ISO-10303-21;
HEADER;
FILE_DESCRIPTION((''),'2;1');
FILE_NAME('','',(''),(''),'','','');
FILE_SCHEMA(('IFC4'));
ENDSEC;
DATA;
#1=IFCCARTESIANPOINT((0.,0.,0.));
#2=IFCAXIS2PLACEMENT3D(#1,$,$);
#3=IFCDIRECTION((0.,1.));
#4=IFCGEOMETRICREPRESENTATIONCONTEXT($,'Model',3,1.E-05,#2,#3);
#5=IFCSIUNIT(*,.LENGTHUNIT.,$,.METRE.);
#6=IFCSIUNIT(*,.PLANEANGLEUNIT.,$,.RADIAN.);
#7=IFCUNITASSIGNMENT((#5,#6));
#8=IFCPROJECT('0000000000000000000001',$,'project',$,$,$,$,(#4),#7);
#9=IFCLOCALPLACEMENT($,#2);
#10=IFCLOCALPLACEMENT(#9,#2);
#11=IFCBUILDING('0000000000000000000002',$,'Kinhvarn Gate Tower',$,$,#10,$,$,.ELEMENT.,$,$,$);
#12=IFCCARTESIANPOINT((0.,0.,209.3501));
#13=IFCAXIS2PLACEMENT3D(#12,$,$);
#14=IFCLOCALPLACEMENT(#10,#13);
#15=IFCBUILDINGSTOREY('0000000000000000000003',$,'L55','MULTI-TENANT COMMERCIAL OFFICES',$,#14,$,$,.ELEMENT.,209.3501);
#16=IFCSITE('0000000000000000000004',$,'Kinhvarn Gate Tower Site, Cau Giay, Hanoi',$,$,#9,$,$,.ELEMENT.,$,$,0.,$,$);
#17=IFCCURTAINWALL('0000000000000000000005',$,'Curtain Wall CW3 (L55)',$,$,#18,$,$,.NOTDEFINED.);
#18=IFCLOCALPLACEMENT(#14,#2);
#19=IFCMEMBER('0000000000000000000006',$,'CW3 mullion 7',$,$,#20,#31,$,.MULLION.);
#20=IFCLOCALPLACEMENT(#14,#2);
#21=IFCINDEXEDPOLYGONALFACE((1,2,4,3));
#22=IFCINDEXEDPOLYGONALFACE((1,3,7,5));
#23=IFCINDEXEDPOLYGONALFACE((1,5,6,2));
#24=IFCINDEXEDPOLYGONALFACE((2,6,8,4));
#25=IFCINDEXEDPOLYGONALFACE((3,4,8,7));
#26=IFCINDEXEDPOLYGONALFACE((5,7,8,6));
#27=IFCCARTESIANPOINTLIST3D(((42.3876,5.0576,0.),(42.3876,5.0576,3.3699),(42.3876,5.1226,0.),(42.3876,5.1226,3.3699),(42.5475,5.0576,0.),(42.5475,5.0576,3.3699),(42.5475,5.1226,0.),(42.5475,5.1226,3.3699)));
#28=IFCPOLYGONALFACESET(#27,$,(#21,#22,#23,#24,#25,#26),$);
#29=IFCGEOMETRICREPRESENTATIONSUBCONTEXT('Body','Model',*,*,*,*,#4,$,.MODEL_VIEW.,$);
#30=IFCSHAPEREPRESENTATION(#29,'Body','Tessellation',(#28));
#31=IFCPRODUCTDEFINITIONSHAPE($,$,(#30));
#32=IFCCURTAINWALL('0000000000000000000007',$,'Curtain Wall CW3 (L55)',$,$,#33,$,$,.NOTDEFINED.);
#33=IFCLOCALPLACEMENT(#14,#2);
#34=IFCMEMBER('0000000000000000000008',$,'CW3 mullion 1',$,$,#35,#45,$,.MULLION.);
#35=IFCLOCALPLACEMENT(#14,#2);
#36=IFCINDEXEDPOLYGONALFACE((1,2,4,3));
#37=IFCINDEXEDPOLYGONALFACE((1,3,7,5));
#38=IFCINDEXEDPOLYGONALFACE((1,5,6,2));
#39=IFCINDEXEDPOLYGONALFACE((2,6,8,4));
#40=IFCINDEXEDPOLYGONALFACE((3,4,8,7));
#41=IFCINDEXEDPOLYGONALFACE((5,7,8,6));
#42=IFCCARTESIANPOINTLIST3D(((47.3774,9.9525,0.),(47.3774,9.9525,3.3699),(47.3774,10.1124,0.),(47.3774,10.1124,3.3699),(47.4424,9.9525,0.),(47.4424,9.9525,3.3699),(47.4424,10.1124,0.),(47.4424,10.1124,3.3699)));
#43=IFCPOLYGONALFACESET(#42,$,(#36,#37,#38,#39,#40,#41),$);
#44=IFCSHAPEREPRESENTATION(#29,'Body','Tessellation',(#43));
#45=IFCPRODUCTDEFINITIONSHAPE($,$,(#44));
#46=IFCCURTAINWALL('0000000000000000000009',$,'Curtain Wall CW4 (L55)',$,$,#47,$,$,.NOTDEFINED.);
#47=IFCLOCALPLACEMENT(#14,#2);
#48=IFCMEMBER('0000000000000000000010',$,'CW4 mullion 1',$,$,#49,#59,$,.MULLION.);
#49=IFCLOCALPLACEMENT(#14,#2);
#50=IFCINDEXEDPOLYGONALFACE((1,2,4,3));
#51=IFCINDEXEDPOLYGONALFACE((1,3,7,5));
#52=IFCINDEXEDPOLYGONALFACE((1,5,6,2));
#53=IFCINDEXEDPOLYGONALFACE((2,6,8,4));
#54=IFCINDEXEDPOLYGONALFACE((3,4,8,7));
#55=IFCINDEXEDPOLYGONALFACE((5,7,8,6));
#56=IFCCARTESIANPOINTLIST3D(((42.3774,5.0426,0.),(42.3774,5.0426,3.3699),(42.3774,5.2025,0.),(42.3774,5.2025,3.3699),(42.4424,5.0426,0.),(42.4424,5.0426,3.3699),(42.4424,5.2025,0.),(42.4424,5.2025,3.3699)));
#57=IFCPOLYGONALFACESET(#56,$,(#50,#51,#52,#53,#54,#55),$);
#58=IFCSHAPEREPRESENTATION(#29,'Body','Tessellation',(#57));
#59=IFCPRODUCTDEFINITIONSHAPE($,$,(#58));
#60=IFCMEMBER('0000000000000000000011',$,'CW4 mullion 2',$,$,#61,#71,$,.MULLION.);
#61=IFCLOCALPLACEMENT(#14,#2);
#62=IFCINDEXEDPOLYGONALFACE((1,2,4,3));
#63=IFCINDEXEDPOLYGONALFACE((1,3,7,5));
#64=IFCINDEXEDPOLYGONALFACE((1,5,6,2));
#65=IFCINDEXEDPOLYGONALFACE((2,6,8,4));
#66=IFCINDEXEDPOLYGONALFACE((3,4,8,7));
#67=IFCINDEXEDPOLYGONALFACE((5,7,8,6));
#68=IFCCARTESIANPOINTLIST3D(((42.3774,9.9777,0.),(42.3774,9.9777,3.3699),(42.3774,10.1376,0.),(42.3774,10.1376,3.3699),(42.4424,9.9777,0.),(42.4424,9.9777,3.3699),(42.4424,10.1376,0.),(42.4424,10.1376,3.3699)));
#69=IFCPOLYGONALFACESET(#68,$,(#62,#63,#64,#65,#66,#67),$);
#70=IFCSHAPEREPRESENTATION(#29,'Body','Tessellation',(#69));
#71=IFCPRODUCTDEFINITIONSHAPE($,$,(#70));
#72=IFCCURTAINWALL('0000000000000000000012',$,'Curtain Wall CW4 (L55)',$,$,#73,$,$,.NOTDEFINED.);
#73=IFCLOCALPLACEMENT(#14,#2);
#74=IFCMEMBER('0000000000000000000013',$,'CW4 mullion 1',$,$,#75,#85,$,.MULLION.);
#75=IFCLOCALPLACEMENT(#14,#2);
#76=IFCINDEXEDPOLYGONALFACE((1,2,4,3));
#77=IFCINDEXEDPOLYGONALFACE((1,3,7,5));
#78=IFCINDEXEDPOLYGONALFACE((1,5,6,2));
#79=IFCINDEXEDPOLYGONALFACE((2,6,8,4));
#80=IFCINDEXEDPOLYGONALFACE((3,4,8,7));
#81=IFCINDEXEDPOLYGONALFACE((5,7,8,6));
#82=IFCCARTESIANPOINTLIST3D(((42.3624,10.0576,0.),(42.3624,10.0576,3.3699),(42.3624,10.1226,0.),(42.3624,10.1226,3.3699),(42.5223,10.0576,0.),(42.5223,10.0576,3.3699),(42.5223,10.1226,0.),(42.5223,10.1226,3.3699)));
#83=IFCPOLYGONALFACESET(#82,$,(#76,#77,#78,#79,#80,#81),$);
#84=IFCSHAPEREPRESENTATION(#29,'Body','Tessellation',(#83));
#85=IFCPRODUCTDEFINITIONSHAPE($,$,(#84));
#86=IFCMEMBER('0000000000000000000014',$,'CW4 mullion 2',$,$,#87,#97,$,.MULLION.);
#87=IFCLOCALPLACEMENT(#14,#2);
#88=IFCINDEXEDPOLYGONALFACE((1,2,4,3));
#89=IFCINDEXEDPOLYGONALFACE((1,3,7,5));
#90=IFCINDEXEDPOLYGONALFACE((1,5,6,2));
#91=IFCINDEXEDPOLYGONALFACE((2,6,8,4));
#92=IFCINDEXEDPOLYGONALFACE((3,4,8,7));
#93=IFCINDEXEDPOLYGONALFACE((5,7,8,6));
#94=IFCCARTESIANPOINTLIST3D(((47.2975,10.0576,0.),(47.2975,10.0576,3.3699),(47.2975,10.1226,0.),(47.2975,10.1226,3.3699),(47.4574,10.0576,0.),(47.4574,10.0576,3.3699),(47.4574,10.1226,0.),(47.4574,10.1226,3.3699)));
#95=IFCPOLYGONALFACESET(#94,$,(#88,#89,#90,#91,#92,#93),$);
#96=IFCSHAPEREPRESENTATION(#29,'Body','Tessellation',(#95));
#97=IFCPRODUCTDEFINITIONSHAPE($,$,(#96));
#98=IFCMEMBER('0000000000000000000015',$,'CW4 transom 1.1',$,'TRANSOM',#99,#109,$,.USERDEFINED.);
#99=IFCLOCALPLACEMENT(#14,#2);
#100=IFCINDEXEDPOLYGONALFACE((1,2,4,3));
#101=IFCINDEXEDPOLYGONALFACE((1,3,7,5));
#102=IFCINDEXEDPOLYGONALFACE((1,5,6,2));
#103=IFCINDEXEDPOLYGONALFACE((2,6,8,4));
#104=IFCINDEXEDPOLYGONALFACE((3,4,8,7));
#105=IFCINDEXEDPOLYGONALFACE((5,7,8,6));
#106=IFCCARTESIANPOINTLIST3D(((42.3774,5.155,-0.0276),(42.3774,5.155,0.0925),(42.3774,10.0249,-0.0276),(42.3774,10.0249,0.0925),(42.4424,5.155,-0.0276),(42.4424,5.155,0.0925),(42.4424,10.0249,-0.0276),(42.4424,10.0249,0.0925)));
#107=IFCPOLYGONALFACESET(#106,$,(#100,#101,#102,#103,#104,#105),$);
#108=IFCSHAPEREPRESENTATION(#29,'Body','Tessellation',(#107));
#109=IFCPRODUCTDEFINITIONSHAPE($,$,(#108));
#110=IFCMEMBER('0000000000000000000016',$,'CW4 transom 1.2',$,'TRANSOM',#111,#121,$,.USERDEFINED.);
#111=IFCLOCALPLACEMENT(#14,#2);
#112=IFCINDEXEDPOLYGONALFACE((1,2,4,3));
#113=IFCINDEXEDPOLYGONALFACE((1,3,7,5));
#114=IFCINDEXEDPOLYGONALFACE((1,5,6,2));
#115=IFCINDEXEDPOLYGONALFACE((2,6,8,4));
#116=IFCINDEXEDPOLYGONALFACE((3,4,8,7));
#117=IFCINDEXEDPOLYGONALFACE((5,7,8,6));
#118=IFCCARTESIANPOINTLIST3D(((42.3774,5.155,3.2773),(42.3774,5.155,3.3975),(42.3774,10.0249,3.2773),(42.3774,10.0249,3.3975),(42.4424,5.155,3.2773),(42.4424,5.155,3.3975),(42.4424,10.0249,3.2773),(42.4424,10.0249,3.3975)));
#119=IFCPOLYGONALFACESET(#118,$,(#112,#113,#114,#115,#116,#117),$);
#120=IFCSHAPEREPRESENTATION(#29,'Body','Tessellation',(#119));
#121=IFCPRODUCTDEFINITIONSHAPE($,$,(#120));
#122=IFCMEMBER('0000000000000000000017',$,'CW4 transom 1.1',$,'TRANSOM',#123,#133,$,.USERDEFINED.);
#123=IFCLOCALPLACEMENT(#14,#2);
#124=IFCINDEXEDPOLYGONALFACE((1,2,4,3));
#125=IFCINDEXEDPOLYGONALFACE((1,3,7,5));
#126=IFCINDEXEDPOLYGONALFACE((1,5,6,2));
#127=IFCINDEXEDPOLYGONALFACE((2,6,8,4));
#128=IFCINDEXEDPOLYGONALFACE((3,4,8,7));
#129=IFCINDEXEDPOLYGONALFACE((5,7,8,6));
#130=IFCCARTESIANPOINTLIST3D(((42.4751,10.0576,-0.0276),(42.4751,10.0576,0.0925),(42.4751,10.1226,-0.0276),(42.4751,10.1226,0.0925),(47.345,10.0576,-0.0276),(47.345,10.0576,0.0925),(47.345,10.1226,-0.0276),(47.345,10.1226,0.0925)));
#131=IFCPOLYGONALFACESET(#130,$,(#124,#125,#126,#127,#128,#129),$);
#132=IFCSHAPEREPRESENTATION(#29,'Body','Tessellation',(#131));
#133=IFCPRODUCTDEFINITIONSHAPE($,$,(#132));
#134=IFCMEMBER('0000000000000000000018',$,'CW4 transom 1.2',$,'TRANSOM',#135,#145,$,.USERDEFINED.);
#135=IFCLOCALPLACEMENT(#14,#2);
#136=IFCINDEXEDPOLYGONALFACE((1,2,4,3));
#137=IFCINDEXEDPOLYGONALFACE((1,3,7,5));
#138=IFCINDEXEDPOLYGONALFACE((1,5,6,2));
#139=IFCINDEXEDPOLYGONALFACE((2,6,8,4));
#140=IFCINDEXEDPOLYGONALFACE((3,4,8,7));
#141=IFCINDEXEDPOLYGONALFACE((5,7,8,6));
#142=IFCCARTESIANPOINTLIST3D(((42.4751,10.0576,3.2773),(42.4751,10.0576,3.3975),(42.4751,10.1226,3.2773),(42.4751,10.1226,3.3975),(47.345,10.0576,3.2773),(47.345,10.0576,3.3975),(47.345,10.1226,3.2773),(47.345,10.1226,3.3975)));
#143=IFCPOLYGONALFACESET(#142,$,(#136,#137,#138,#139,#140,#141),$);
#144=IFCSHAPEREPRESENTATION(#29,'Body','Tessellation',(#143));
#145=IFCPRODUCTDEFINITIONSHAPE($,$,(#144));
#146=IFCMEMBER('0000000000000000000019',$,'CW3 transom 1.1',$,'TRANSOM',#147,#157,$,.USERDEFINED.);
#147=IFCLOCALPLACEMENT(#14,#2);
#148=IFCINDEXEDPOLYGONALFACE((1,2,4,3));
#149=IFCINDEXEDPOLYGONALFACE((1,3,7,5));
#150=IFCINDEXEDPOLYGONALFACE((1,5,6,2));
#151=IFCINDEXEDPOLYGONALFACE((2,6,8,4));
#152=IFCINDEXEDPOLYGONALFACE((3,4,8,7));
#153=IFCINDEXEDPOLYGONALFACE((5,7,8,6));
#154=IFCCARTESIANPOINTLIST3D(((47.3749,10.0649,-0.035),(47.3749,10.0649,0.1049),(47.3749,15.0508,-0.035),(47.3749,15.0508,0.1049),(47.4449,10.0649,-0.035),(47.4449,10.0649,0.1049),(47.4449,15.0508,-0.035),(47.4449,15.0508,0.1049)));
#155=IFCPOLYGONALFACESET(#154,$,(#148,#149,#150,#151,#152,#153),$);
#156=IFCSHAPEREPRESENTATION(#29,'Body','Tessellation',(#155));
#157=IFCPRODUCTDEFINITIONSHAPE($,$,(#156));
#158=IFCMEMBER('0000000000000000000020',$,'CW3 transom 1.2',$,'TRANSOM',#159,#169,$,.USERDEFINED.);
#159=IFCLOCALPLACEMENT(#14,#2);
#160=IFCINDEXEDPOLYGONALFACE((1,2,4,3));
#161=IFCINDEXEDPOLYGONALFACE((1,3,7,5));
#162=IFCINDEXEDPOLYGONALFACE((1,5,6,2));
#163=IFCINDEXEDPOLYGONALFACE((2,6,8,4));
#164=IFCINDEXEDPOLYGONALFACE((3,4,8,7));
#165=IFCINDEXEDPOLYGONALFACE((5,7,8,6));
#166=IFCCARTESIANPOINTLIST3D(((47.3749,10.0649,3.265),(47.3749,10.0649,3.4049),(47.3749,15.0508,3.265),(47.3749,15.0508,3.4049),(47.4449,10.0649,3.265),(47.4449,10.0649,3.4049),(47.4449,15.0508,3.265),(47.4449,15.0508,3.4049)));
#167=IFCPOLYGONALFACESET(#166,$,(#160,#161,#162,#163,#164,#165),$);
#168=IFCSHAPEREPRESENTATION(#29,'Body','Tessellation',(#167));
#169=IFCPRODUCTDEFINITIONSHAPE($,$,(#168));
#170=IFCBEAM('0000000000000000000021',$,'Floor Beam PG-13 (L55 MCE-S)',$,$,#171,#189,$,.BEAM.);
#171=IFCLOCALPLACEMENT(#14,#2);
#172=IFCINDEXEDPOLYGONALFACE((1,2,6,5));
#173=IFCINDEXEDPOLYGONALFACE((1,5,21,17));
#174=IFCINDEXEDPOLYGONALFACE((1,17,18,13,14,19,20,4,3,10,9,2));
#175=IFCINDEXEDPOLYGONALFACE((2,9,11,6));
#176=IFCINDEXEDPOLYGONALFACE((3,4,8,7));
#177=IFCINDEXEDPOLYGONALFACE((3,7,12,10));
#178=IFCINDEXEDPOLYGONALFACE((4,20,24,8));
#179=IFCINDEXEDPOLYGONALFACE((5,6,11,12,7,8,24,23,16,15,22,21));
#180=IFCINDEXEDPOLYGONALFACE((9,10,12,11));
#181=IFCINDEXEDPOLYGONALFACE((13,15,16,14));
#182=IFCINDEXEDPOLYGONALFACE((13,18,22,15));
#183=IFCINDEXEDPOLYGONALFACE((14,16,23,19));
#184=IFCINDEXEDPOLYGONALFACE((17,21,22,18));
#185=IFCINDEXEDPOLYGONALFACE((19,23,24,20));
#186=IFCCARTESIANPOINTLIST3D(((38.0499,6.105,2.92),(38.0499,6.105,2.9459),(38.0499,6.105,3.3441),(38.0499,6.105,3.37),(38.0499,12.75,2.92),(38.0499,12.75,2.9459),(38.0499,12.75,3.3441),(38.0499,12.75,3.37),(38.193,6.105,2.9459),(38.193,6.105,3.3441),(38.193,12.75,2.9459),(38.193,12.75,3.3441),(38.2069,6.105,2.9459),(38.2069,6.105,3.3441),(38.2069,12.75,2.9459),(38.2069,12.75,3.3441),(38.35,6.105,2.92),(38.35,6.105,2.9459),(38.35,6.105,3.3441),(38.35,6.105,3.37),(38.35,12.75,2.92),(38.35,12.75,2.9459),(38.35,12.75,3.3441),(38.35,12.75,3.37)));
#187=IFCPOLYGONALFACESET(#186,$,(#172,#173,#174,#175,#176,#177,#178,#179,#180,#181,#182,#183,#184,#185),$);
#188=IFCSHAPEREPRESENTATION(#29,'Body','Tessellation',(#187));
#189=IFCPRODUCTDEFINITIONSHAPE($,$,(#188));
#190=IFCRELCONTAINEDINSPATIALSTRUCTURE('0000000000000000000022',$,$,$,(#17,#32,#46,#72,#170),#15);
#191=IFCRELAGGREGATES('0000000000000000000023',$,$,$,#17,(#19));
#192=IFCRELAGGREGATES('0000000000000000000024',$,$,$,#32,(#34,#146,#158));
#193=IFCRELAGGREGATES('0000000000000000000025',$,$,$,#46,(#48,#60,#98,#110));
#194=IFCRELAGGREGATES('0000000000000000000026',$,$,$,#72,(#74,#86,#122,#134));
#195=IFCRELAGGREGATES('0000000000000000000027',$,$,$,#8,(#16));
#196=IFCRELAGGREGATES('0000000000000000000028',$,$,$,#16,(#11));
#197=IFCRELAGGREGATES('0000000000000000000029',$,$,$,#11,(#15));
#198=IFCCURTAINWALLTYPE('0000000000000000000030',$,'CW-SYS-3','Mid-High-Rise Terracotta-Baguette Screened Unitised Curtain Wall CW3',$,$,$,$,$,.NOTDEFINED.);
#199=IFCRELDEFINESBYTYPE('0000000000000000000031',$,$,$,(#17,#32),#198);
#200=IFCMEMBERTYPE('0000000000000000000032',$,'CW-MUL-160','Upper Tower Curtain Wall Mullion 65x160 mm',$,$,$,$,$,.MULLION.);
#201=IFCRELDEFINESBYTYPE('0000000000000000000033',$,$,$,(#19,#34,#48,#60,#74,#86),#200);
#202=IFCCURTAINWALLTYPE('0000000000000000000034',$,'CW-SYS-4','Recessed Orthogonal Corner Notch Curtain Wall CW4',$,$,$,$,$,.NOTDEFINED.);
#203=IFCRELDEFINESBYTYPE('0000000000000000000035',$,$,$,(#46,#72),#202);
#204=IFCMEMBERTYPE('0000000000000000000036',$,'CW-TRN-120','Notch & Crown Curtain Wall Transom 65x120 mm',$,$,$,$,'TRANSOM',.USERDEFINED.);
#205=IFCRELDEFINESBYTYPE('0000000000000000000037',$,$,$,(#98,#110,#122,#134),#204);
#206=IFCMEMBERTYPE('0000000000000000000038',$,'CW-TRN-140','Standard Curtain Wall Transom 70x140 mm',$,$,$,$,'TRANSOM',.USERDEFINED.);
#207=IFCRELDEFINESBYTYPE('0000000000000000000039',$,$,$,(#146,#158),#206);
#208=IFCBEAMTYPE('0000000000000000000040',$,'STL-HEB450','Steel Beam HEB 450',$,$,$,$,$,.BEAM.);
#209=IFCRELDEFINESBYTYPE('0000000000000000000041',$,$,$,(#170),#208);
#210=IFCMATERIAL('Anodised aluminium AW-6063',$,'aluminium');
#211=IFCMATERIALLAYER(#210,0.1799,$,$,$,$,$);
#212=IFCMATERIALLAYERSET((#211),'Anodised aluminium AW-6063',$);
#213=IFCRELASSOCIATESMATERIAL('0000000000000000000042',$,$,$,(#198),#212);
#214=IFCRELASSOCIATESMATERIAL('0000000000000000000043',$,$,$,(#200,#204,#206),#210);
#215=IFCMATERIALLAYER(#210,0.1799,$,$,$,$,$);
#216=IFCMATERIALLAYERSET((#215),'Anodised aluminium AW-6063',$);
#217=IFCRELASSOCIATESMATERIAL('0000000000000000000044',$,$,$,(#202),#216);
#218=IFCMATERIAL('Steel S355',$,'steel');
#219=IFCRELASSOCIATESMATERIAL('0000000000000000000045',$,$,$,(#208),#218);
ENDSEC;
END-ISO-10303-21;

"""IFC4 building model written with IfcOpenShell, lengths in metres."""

from ifc_helpers import new_model, si_unit, direction, frame, origin, origin_2d, place, context, subcontext, project, spatial, rectangle, i_section, extrude, material, layer, layer_set, material_profile, profile_set, type_object, element, aggregate, save


model = new_model("IFC4")

# Units and contexts
model_context = context("Model", 3, precision=1e-05, world=origin(), true_north=direction((0.0, 1.0)))
body_context = subcontext(model_context, "Body", "Model", "MODEL_VIEW")
ifc_project = project(units=[si_unit("LENGTHUNIT", "METRE"), si_unit("PLANEANGLEUNIT", "RADIAN")], contexts=[model_context])

# Site, building, storey
site_placement = place(None, origin())
site = spatial("IfcSite", under=ifc_project, at=site_placement, Name="Kinhvarn Gate Tower Site, Cau Giay, Hanoi", CompositionType="ELEMENT", RefElevation=0.0)
building_placement = place(site_placement, origin())
building = spatial("IfcBuilding", under=site, at=building_placement, Name="Kinhvarn Gate Tower", CompositionType="ELEMENT")
storey_placement = place(building_placement, frame((0.0, 0.0, 209.3501)))
storey = spatial("IfcBuildingStorey", under=building, at=storey_placement, Name="L55", Description="MULTI-TENANT COMMERCIAL OFFICES", CompositionType="ELEMENT", Elevation=209.3501)

# Curtain walls, members
ifc_material_1 = material(Name="Anodised aluminium AW-6063", Category="aluminium")
ifc_layer_1 = layer(ifc_material_1, 0.1799)
ifc_layer_set_1 = layer_set([ifc_layer_1], Name="Anodised aluminium AW-6063")
curtain_wall_type_1 = type_object("IfcCurtainWallType", Name="CW-SYS-3", Description="Mid-High-Rise Terracotta-Baguette Screened Unitised Curtain Wall CW3", PredefinedType="NOTDEFINED", material=ifc_layer_set_1)
curtain_wall_1_placement = place(storey_placement, origin())
curtain_wall_1 = element("IfcCurtainWall", 1, at=curtain_wall_1_placement, inside=storey, type_object=curtain_wall_type_1, Name="Curtain Wall CW3 (L55)", PredefinedType="NOTDEFINED")
ifc_material_profile_1 = material_profile(ifc_material_1, rectangle(XDim=0.0649, YDim=0.1599, at=origin_2d()), Name="ALU 65x160")
ifc_profile_set_1 = profile_set([ifc_material_profile_1], Name="Anodised aluminium AW-6063")
member_type_1 = type_object("IfcMemberType", Name="CW-MUL-160", Description="Upper Tower Curtain Wall Mullion 65x160 mm", PredefinedType="MULLION", material=ifc_profile_set_1)
member_1_placement = place(storey_placement, frame((42.4675, 5.0901, 0.0), z_axis=(0.0, 0.0, 1.0), x_axis=(0.0, 1.0, 0.0)))
member_1 = element("IfcMember", 2, at=member_1_placement, type_object=member_type_1, Name="CW3 mullion 7", PredefinedType="MULLION", context=body_context, shape_type="SweptSolid", body=[
    extrude(rectangle(XDim=0.0649, YDim=0.1599, at=origin_2d()), origin(), (0.0, 0.0, 1.0), 3.3699),
])
curtain_wall_2_placement = place(storey_placement, origin())
curtain_wall_2 = element("IfcCurtainWall", 3, at=curtain_wall_2_placement, inside=storey, type_object=curtain_wall_type_1, Name="Curtain Wall CW3 (L55)", PredefinedType="NOTDEFINED")
member_2_placement = place(storey_placement, frame((47.4099, 10.0325, 0.0), z_axis=(0.0, 0.0, 1.0), x_axis=(-1.0, 0.0, 0.0)))
member_2 = element("IfcMember", 4, at=member_2_placement, type_object=member_type_1, Name="CW3 mullion 1", PredefinedType="MULLION", context=body_context, shape_type="SweptSolid", body=[
    extrude(rectangle(XDim=0.0649, YDim=0.1599, at=origin_2d()), origin(), (0.0, 0.0, 1.0), 3.3699),
])

# Curtain walls, members
ifc_layer_2 = layer(ifc_material_1, 0.1799)
ifc_layer_set_2 = layer_set([ifc_layer_2], Name="Anodised aluminium AW-6063")
curtain_wall_type_2 = type_object("IfcCurtainWallType", Name="CW-SYS-4", Description="Recessed Orthogonal Corner Notch Curtain Wall CW4", PredefinedType="NOTDEFINED", material=ifc_layer_set_2)
curtain_wall_3_placement = place(storey_placement, origin())
curtain_wall_3 = element("IfcCurtainWall", 5, at=curtain_wall_3_placement, inside=storey, type_object=curtain_wall_type_2, Name="Curtain Wall CW4 (L55)", PredefinedType="NOTDEFINED")
member_3_placement = place(storey_placement, frame((42.4099, 5.1226, 0.0), z_axis=(0.0, 0.0, 1.0), x_axis=(-1.0, 0.0, 0.0)))
member_3 = element("IfcMember", 6, at=member_3_placement, type_object=member_type_1, Name="CW4 mullion 1", PredefinedType="MULLION", context=body_context, shape_type="SweptSolid", body=[
    extrude(rectangle(XDim=0.0649, YDim=0.1599, at=origin_2d()), origin(), (0.0, 0.0, 1.0), 3.3699),
])
member_4_placement = place(storey_placement, frame((42.4099, 10.0576, 0.0), z_axis=(0.0, 0.0, 1.0), x_axis=(-1.0, 0.0, 0.0)))
member_4 = element("IfcMember", 7, at=member_4_placement, type_object=member_type_1, Name="CW4 mullion 2", PredefinedType="MULLION", context=body_context, shape_type="SweptSolid", body=[
    extrude(rectangle(XDim=0.0649, YDim=0.1599, at=origin_2d()), origin(), (0.0, 0.0, 1.0), 3.3699),
])
curtain_wall_4_placement = place(storey_placement, origin())
curtain_wall_4 = element("IfcCurtainWall", 8, at=curtain_wall_4_placement, inside=storey, type_object=curtain_wall_type_2, Name="Curtain Wall CW4 (L55)", PredefinedType="NOTDEFINED")
member_5_placement = place(storey_placement, frame((42.4424, 10.0901, 0.0), z_axis=(0.0, 0.0, 1.0), x_axis=(0.0, 1.0, 0.0)))
member_5 = element("IfcMember", 9, at=member_5_placement, type_object=member_type_1, Name="CW4 mullion 1", PredefinedType="MULLION", context=body_context, shape_type="SweptSolid", body=[
    extrude(rectangle(XDim=0.0649, YDim=0.1599, at=origin_2d()), origin(), (0.0, 0.0, 1.0), 3.3699),
])
member_6_placement = place(storey_placement, frame((47.3774, 10.0901, 0.0), z_axis=(0.0, 0.0, 1.0), x_axis=(0.0, 1.0, 0.0)))
member_6 = element("IfcMember", 10, at=member_6_placement, type_object=member_type_1, Name="CW4 mullion 2", PredefinedType="MULLION", context=body_context, shape_type="SweptSolid", body=[
    extrude(rectangle(XDim=0.0649, YDim=0.1599, at=origin_2d()), origin(), (0.0, 0.0, 1.0), 3.3699),
])

# Members
ifc_material_profile_2 = material_profile(ifc_material_1, rectangle(XDim=0.0649, YDim=0.1201, at=origin_2d()), Name="ALU 65x120")
ifc_profile_set_2 = profile_set([ifc_material_profile_2], Name="Anodised aluminium AW-6063")
member_type_2 = type_object("IfcMemberType", Name="CW-TRN-120", Description="Notch & Crown Curtain Wall Transom 65x120 mm", ElementType="TRANSOM", PredefinedType="USERDEFINED", material=ifc_profile_set_2)
member_7_placement = place(storey_placement, frame((42.4099, 5.155, 0.0325), z_axis=(0.0, 1.0, 0.0), x_axis=(-1.0, 0.0, 0.0)))
member_7 = element("IfcMember", 11, at=member_7_placement, type_object=member_type_2, Name="CW4 transom 1.1", ObjectType="TRANSOM", PredefinedType="USERDEFINED", context=body_context, shape_type="SweptSolid", body=[
    extrude(rectangle(XDim=0.0649, YDim=0.1201, at=origin_2d()), origin(), (0.0, 0.0, 1.0), 4.8699),
])
member_8_placement = place(storey_placement, frame((42.4099, 5.155, 3.3374), z_axis=(0.0, 1.0, 0.0), x_axis=(-1.0, 0.0, 0.0)))
member_8 = element("IfcMember", 12, at=member_8_placement, type_object=member_type_2, Name="CW4 transom 1.2", ObjectType="TRANSOM", PredefinedType="USERDEFINED", context=body_context, shape_type="SweptSolid", body=[
    extrude(rectangle(XDim=0.0649, YDim=0.1201, at=origin_2d()), origin(), (0.0, 0.0, 1.0), 4.8699),
])
member_9_placement = place(storey_placement, frame((42.4751, 10.0901, 0.0325), z_axis=(1.0, 0.0, 0.0), x_axis=(0.0, 1.0, 0.0)))
member_9 = element("IfcMember", 13, at=member_9_placement, type_object=member_type_2, Name="CW4 transom 1.1", ObjectType="TRANSOM", PredefinedType="USERDEFINED", context=body_context, shape_type="SweptSolid", body=[
    extrude(rectangle(XDim=0.0649, YDim=0.1201, at=origin_2d()), origin(), (0.0, 0.0, 1.0), 4.8699),
])
member_10_placement = place(storey_placement, frame((42.4751, 10.0901, 3.3374), z_axis=(1.0, 0.0, 0.0), x_axis=(0.0, 1.0, 0.0)))
member_10 = element("IfcMember", 14, at=member_10_placement, type_object=member_type_2, Name="CW4 transom 1.2", ObjectType="TRANSOM", PredefinedType="USERDEFINED", context=body_context, shape_type="SweptSolid", body=[
    extrude(rectangle(XDim=0.0649, YDim=0.1201, at=origin_2d()), origin(), (0.0, 0.0, 1.0), 4.8699),
])
ifc_material_profile_3 = material_profile(ifc_material_1, rectangle(XDim=0.0701, YDim=0.1399, at=origin_2d()), Name="ALU 70x140")
ifc_profile_set_3 = profile_set([ifc_material_profile_3], Name="Anodised aluminium AW-6063")
member_type_3 = type_object("IfcMemberType", Name="CW-TRN-140", Description="Standard Curtain Wall Transom 70x140 mm", ElementType="TRANSOM", PredefinedType="USERDEFINED", material=ifc_profile_set_3)
member_11_placement = place(storey_placement, frame((47.4099, 10.0649, 0.0349), z_axis=(0.0, 1.0, 0.0), x_axis=(-1.0, 0.0, 0.0)))
member_11 = element("IfcMember", 15, at=member_11_placement, type_object=member_type_3, Name="CW3 transom 1.1", ObjectType="TRANSOM", PredefinedType="USERDEFINED", context=body_context, shape_type="SweptSolid", body=[
    extrude(rectangle(XDim=0.0701, YDim=0.1399, at=origin_2d()), origin(), (0.0, 0.0, 1.0), 4.9858),
])
member_12_placement = place(storey_placement, frame((47.4099, 10.0649, 3.335), z_axis=(0.0, 1.0, 0.0), x_axis=(-1.0, 0.0, 0.0)))
member_12 = element("IfcMember", 16, at=member_12_placement, type_object=member_type_3, Name="CW3 transom 1.2", ObjectType="TRANSOM", PredefinedType="USERDEFINED", context=body_context, shape_type="SweptSolid", body=[
    extrude(rectangle(XDim=0.0701, YDim=0.1399, at=origin_2d()), origin(), (0.0, 0.0, 1.0), 4.9858),
])

# Beam
ifc_material_2 = material(Name="Steel S355", Category="steel")
ifc_material_profile_4 = material_profile(ifc_material_2, i_section(OverallWidth=0.3, OverallDepth=0.45, WebThickness=0.0139, FlangeThickness=0.0259, at=origin_2d()), Name="HEB 450")
ifc_profile_set_4 = profile_set([ifc_material_profile_4], Name="Steel S355")
beam_type = type_object("IfcBeamType", Name="STL-HEB450", Description="Steel Beam HEB 450", PredefinedType="BEAM", material=ifc_profile_set_4)
beam_placement = place(storey_placement, frame((38.2, 6.105, 3.145), z_axis=(0.0, 1.0, 0.0), x_axis=(-1.0, 0.0, 0.0)))
element("IfcBeam", 17, at=beam_placement, inside=storey, type_object=beam_type, Name="Floor Beam PG-13 (L55 MCE-S)", PredefinedType="BEAM", context=body_context, shape_type="SweptSolid", body=[
    extrude(i_section(OverallWidth=0.3, OverallDepth=0.45, WebThickness=0.0139, FlangeThickness=0.0259, at=origin_2d()), origin(), (0.0, 0.0, 1.0), 6.645),
])

aggregate(curtain_wall_1, [member_1])
aggregate(curtain_wall_2, [member_2, member_11, member_12])
aggregate(curtain_wall_3, [member_3, member_4, member_7, member_8])
aggregate(curtain_wall_4, [member_5, member_6, member_9, member_10])

save(model, "model.ifc")
